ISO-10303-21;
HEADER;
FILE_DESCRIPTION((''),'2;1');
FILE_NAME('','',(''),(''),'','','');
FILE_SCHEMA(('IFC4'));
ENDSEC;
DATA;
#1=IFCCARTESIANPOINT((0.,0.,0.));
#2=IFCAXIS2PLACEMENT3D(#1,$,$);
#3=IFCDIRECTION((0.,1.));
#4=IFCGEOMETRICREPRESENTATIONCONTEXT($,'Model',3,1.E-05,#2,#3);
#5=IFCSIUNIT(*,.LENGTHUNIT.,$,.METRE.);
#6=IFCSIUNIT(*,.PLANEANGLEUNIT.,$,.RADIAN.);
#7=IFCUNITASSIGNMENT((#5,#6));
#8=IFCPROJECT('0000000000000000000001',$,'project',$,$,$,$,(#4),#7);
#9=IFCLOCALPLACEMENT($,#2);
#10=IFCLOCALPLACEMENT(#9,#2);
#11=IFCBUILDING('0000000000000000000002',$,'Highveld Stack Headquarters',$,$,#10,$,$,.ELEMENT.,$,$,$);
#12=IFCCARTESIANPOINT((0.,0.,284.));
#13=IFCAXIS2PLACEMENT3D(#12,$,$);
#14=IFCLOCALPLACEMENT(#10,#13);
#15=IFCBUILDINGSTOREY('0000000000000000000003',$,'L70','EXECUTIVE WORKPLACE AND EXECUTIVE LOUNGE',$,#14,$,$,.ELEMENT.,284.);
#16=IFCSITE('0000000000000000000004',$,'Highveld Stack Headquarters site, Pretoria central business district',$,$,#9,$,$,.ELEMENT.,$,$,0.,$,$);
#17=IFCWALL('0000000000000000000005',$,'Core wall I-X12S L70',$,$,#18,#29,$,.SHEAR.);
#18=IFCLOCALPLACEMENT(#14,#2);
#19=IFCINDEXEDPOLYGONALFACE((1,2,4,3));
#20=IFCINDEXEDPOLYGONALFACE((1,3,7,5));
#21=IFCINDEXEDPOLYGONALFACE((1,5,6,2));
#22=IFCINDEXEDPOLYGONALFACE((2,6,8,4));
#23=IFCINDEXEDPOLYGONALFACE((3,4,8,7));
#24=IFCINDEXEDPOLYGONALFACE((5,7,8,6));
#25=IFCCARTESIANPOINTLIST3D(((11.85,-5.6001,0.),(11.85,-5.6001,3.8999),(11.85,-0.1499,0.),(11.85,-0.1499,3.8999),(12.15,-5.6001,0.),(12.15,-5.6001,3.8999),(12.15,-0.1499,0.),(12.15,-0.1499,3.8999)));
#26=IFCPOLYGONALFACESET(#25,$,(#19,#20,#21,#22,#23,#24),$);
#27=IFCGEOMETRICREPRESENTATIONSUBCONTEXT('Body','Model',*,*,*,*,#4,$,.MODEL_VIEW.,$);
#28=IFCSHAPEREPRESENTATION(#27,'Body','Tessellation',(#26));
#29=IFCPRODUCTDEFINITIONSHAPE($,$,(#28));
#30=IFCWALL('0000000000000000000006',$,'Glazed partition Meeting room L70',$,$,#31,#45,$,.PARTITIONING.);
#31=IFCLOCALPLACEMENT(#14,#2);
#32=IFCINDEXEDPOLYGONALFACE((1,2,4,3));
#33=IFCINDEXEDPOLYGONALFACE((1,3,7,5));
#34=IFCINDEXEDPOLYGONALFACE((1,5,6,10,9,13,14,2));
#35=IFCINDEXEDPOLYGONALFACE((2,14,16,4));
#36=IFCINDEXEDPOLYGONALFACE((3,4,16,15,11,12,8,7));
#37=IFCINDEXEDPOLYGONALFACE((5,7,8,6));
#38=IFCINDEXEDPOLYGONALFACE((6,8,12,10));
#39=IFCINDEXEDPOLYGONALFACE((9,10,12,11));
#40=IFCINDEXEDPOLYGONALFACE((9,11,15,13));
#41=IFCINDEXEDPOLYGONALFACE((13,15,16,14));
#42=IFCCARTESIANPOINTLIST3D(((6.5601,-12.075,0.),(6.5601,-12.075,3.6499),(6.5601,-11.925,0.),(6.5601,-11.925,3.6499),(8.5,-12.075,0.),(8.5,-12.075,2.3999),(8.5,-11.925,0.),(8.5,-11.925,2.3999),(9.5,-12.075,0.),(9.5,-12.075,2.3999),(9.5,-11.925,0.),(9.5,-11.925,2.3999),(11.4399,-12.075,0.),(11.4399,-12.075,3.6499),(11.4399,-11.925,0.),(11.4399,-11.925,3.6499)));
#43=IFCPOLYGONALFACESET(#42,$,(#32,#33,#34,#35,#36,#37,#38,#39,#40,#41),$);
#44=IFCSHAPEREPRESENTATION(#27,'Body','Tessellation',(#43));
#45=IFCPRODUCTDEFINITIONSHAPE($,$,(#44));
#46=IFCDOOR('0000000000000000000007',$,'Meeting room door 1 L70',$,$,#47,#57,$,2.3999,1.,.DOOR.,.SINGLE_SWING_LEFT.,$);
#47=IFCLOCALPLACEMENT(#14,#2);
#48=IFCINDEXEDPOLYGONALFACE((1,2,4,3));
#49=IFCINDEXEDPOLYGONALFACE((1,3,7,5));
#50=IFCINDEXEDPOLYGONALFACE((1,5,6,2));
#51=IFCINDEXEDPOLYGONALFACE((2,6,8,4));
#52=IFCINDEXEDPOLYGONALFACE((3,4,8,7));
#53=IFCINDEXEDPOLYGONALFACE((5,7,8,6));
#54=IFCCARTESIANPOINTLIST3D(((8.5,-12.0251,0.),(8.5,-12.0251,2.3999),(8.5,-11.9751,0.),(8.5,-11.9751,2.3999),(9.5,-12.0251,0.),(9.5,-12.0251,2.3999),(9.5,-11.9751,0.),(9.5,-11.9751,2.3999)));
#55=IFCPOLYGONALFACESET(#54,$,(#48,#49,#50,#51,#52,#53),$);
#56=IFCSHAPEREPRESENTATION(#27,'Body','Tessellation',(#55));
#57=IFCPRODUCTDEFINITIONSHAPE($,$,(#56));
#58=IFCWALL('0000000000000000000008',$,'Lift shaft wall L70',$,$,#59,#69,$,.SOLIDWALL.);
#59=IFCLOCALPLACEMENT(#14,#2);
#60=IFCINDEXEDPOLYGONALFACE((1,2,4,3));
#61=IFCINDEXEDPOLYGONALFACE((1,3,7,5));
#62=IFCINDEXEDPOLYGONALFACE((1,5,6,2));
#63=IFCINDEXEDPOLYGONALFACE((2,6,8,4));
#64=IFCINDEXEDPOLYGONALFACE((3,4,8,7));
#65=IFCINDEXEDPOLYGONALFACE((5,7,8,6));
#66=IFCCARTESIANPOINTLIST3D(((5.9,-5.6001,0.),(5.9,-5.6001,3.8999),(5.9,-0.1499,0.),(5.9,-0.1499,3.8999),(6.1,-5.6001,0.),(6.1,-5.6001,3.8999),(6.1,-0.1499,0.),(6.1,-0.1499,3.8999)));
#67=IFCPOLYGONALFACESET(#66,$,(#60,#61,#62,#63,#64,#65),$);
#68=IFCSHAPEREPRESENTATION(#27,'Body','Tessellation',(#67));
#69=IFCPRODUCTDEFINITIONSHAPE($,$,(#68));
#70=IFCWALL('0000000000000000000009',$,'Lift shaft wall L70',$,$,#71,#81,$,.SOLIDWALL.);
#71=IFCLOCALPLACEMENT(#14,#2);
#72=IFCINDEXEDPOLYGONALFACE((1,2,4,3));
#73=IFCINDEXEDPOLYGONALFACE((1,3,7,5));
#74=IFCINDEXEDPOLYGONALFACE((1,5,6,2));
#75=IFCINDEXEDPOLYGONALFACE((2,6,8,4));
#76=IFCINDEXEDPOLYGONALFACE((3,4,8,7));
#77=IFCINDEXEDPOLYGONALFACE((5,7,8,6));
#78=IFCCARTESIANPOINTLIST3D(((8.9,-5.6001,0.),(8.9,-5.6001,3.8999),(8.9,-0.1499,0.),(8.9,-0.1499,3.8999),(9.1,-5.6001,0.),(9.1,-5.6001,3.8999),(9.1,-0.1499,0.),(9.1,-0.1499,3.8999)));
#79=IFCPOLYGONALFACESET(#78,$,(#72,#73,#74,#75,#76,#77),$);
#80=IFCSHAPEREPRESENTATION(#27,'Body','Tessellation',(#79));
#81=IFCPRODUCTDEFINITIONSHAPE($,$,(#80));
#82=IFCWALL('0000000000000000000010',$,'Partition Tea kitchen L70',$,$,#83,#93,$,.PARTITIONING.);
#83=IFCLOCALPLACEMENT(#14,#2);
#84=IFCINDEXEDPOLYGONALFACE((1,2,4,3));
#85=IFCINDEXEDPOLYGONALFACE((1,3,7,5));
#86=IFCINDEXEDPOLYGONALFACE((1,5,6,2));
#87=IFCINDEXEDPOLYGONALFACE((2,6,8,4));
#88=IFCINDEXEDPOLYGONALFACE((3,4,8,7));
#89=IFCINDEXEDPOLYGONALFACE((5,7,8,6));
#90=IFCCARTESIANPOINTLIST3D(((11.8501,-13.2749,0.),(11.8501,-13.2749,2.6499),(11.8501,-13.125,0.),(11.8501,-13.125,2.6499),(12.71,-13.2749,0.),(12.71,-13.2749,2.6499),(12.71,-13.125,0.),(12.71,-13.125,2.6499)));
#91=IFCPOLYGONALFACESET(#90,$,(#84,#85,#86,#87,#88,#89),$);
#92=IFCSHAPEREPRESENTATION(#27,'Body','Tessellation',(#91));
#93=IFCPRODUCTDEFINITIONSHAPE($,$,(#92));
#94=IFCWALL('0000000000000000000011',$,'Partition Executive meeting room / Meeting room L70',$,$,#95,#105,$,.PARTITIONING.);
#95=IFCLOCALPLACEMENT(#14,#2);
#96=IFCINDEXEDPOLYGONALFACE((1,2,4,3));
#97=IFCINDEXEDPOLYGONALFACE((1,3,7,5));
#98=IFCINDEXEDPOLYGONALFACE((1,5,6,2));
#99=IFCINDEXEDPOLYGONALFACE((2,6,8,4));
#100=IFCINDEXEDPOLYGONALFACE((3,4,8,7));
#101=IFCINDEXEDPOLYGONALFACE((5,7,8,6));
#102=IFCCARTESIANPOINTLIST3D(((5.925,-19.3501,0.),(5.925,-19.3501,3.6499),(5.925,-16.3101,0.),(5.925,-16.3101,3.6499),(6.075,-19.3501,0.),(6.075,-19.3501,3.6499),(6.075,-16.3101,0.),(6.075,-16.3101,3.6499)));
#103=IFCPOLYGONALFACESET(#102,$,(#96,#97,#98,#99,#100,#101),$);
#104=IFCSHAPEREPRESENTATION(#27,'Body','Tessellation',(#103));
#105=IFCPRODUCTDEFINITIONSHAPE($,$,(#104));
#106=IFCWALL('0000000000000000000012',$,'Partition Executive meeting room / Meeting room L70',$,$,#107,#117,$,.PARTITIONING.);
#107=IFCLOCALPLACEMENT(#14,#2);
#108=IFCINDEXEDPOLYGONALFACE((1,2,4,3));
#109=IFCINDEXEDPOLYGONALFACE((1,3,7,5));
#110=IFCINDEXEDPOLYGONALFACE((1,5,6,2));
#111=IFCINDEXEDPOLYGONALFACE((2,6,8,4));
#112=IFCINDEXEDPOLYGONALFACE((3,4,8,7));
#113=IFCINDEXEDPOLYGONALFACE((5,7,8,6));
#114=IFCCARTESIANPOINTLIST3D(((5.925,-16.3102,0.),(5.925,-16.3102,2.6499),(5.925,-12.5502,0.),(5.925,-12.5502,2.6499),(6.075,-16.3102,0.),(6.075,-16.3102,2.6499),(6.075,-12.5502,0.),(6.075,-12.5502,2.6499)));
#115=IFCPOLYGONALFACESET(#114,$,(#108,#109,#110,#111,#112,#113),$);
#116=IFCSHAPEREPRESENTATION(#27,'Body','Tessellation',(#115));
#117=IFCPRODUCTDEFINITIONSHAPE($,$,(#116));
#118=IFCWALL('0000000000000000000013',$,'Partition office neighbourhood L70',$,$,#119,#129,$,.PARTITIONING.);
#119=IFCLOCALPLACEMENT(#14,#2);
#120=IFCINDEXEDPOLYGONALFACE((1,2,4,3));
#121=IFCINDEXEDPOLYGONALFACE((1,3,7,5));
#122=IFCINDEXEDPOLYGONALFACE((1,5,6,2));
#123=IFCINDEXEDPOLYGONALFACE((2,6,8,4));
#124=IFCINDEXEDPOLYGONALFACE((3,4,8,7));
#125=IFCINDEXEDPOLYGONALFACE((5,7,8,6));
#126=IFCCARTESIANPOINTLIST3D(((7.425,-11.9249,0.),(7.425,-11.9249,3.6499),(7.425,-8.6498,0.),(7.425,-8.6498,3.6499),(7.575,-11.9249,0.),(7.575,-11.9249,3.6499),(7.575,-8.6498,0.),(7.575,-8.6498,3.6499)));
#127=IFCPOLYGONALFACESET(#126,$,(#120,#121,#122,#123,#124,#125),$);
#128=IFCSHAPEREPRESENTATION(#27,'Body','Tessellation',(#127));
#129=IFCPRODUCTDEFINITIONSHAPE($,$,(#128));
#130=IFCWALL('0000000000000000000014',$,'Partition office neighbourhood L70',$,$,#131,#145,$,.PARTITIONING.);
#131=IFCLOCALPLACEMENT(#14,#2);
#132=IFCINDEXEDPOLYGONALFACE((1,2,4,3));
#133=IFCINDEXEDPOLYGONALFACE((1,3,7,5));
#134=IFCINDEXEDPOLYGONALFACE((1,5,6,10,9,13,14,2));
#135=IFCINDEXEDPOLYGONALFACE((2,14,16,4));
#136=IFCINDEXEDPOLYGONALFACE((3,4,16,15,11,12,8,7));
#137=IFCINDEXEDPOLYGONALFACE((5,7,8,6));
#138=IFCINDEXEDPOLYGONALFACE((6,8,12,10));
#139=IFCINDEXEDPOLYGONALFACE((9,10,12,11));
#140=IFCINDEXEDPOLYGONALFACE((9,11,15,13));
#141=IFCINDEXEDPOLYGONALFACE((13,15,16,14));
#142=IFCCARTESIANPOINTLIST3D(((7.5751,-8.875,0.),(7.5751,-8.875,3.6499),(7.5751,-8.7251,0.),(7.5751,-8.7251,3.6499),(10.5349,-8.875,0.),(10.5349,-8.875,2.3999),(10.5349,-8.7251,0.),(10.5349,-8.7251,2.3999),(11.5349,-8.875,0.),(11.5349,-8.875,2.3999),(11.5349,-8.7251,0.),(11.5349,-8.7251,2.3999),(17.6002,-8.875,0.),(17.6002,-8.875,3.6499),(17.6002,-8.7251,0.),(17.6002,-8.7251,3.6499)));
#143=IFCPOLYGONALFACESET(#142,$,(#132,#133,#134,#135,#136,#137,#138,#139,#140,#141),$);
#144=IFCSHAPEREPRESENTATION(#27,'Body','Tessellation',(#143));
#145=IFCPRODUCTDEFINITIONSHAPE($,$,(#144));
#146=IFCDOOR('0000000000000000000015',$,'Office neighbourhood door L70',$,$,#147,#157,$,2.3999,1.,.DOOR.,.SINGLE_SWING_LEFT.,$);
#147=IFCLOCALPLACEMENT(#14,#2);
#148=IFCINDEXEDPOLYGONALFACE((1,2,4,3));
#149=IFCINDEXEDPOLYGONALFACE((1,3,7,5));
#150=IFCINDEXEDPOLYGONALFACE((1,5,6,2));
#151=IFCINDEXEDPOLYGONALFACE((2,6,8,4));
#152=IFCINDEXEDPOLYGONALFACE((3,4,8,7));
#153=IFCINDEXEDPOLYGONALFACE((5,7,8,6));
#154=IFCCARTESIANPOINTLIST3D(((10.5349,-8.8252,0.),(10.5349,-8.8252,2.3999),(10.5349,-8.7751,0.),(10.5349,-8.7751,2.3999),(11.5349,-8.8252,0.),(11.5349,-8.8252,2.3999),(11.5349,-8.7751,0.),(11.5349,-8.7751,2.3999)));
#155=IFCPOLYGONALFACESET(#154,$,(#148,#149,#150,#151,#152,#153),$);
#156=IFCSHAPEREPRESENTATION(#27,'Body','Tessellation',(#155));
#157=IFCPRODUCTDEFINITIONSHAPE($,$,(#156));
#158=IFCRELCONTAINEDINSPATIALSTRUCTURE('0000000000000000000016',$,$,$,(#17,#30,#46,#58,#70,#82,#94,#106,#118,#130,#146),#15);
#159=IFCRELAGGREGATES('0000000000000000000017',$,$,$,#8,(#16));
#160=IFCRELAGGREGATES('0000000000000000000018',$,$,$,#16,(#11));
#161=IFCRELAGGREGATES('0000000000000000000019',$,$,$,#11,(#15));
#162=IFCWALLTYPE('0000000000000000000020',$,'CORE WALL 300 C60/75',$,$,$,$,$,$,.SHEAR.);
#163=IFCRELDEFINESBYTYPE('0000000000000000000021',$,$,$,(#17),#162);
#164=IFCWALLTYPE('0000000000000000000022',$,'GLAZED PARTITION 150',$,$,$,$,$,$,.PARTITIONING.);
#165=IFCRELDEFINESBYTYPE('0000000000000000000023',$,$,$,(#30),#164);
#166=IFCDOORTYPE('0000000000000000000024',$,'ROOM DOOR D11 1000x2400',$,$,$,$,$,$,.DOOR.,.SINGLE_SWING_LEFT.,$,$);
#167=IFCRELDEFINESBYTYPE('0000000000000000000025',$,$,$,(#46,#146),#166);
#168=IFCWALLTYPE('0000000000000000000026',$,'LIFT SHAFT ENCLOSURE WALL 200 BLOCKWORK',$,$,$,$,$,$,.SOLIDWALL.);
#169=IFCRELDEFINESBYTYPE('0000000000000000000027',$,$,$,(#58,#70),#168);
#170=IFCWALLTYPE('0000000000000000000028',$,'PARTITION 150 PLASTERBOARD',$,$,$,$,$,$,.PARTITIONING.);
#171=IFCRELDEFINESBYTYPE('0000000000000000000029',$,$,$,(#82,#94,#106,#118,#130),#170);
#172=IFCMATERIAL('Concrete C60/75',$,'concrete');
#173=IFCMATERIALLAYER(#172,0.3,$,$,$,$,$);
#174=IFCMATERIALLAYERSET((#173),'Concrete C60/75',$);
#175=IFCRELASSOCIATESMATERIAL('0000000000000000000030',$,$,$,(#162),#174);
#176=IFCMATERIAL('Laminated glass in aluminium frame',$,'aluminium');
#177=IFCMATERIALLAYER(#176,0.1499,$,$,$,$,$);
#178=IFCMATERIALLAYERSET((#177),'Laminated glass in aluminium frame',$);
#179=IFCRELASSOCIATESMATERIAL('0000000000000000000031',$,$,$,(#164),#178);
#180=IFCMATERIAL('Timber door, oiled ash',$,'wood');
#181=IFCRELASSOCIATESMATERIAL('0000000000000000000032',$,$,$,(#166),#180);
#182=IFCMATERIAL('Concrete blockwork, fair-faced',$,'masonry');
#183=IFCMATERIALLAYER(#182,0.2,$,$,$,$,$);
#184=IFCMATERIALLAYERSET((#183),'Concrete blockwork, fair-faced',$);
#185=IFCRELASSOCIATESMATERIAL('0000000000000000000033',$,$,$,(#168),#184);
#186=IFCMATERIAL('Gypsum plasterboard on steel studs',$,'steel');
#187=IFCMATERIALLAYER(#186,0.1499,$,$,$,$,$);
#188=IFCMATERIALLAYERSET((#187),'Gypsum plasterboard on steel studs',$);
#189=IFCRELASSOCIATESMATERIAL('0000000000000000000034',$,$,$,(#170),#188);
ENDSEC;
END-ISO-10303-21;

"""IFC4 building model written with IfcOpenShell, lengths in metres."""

from ifc_helpers import new_model, si_unit, direction, frame, frame_2d, origin, place, context, subcontext, project, spatial, rectangle, extrude, material, layer, layer_set, type_object, element, fill, save


model = new_model("IFC4")

# Units and contexts
model_context = context("Model", 3, precision=1e-05, world=origin(), true_north=direction((0.0, 1.0)))
body_context = subcontext(model_context, "Body", "Model", "MODEL_VIEW")
ifc_project = project(units=[si_unit("LENGTHUNIT", "METRE"), si_unit("PLANEANGLEUNIT", "RADIAN")], contexts=[model_context])

# Site, building, storey
site_placement = place(None, origin())
site = spatial("IfcSite", under=ifc_project, at=site_placement, Name="Highveld Stack Headquarters site, Pretoria central business district", CompositionType="ELEMENT", RefElevation=0.0)
building_placement = place(site_placement, origin())
building = spatial("IfcBuilding", under=site, at=building_placement, Name="Highveld Stack Headquarters", CompositionType="ELEMENT")
storey_placement = place(building_placement, frame((0.0, 0.0, 284.0)))
storey = spatial("IfcBuildingStorey", under=building, at=storey_placement, Name="L70", Description="EXECUTIVE WORKPLACE AND EXECUTIVE LOUNGE", CompositionType="ELEMENT", Elevation=284.0)

# Wall
ifc_material_1 = material(Name="Concrete C60/75", Category="concrete")
ifc_layer_1 = layer(ifc_material_1, 0.3)
ifc_layer_set_1 = layer_set([ifc_layer_1], Name="Concrete C60/75")
wall_type_1 = type_object("IfcWallType", Name="CORE WALL 300 C60/75", PredefinedType="SHEAR", material=ifc_layer_set_1)
wall_1_placement = place(storey_placement, frame((12.0, -5.6001, 0.0), z_axis=(0.0, 0.0, 1.0), x_axis=(0.0, 1.0, 0.0)))
element("IfcWall", 1, at=wall_1_placement, inside=storey, type_object=wall_type_1, Name="Core wall I-X12S L70", PredefinedType="SHEAR", context=body_context, shape_type="SweptSolid", body=[
    extrude(rectangle(XDim=5.4502, YDim=0.3, at=frame_2d((2.7251, 0.0))), origin(), (0.0, 0.0, 1.0), 3.8999),
])

# Wall, opening, door
ifc_material_2 = material(Name="Laminated glass in aluminium frame", Category="aluminium")
ifc_layer_2 = layer(ifc_material_2, 0.1499)
ifc_layer_set_2 = layer_set([ifc_layer_2], Name="Laminated glass in aluminium frame")
wall_type_2 = type_object("IfcWallType", Name="GLAZED PARTITION 150", PredefinedType="PARTITIONING", material=ifc_layer_set_2)
wall_2_placement = place(storey_placement, frame((6.5601, -12.0, 0.0), z_axis=(0.0, 0.0, 1.0), x_axis=(1.0, 0.0, 0.0)))
wall_2 = element("IfcWall", 2, at=wall_2_placement, inside=storey, type_object=wall_type_2, Name="Glazed partition Meeting room L70", PredefinedType="PARTITIONING", context=body_context, shape_type="SweptSolid", body=[
    extrude(rectangle(XDim=4.8799, YDim=0.1499, at=frame_2d((2.4399, 0.0))), origin(), (0.0, 0.0, 1.0), 3.6499),
])
opening_1_placement = place(wall_2_placement, frame((1.9399, 0.0, 0.0)))
opening_1 = element("IfcOpeningElement", 3, at=opening_1_placement, cuts=wall_2, PredefinedType="OPENING", context=body_context, shape_type="SweptSolid", body=[
    extrude(rectangle(XDim=1.0, YDim=2.3999, at=frame_2d((0.5, 1.2))), frame((0.0, 0.085, 0.0), z_axis=(0.0, -1.0, 0.0), x_axis=(1.0, 0.0, 0.0)), (0.0, 0.0, 1.0), 0.1699),
])
ifc_material_3 = material(Name="Timber door, oiled ash", Category="wood")
door_type = type_object("IfcDoorType", Name="ROOM DOOR D11 1000x2400", OperationType="SINGLE_SWING_LEFT", PredefinedType="DOOR", material=ifc_material_3)
door_1_placement = place(opening_1_placement, origin())
door_1 = element("IfcDoor", 4, at=door_1_placement, inside=storey, type_object=door_type, Name="Meeting room door 1 L70", OperationType="SINGLE_SWING_LEFT", OverallHeight=2.3999, OverallWidth=1.0, PredefinedType="DOOR", context=body_context, shape_type="SweptSolid", body=[
    extrude(rectangle(XDim=1.0, YDim=2.3999, at=frame_2d((0.5, 1.2))), frame((0.0, 0.0249, 0.0), z_axis=(0.0, -1.0, 0.0), x_axis=(1.0, 0.0, 0.0)), (0.0, 0.0, 1.0), 0.05),
])
fill(opening_1, door_1)

# Walls
ifc_material_4 = material(Name="Concrete blockwork, fair-faced", Category="masonry")
ifc_layer_3 = layer(ifc_material_4, 0.2)
ifc_layer_set_3 = layer_set([ifc_layer_3], Name="Concrete blockwork, fair-faced")
wall_type_3 = type_object("IfcWallType", Name="LIFT SHAFT ENCLOSURE WALL 200 BLOCKWORK", PredefinedType="SOLIDWALL", material=ifc_layer_set_3)
for number, where, z_axis, x_axis, name in (
    (5, (6.0, -5.6001, 0.0), (0.0, 0.0, 1.0), (0.0, 1.0, 0.0), "Lift shaft wall L70"),
    (6, (9.0, -5.6001, 0.0), (0.0, 0.0, 1.0), (0.0, 1.0, 0.0), "Lift shaft wall L70"),
):
    element("IfcWall", number, at=place(storey_placement, frame(where, z_axis=z_axis, x_axis=x_axis)), inside=storey, type_object=wall_type_3, Name=name, PredefinedType="SOLIDWALL", context=body_context, shape_type="SweptSolid", body=[
        extrude(rectangle(XDim=5.4502, YDim=0.2, at=frame_2d((2.7251, 0.0))), origin(), (0.0, 0.0, 1.0), 3.8999),
    ])
ifc_material_5 = material(Name="Gypsum plasterboard on steel studs", Category="steel")
ifc_layer_4 = layer(ifc_material_5, 0.1499)
ifc_layer_set_4 = layer_set([ifc_layer_4], Name="Gypsum plasterboard on steel studs")
wall_type_4 = type_object("IfcWallType", Name="PARTITION 150 PLASTERBOARD", PredefinedType="PARTITIONING", material=ifc_layer_set_4)
wall_3_placement = place(storey_placement, frame((11.8501, -13.2, 0.0), z_axis=(0.0, 0.0, 1.0), x_axis=(1.0, 0.0, 0.0)))
element("IfcWall", 7, at=wall_3_placement, inside=storey, type_object=wall_type_4, Name="Partition Tea kitchen L70", PredefinedType="PARTITIONING", context=body_context, shape_type="SweptSolid", body=[
    extrude(rectangle(XDim=0.8599, YDim=0.1499, at=frame_2d((0.4299, 0.0))), origin(), (0.0, 0.0, 1.0), 2.6499),
])
wall_4_placement = place(storey_placement, frame((6.0, -19.3501, 0.0), z_axis=(0.0, 0.0, 1.0), x_axis=(0.0, 1.0, 0.0)))
element("IfcWall", 8, at=wall_4_placement, inside=storey, type_object=wall_type_4, Name="Partition Executive meeting room / Meeting room L70", PredefinedType="PARTITIONING", context=body_context, shape_type="SweptSolid", body=[
    extrude(rectangle(XDim=3.04, YDim=0.1499, at=frame_2d((1.52, 0.0))), origin(), (0.0, 0.0, 1.0), 3.6499),
])
wall_5_placement = place(storey_placement, frame((6.0, -16.3101, 0.0), z_axis=(0.0, 0.0, 1.0), x_axis=(0.0, 1.0, 0.0)))
element("IfcWall", 9, at=wall_5_placement, inside=storey, type_object=wall_type_4, Name="Partition Executive meeting room / Meeting room L70", PredefinedType="PARTITIONING", context=body_context, shape_type="SweptSolid", body=[
    extrude(rectangle(XDim=3.76, YDim=0.1499, at=frame_2d((1.8799, 0.0))), origin(), (0.0, 0.0, 1.0), 2.6499),
])
wall_6_placement = place(storey_placement, frame((7.5, -11.925, 0.0), z_axis=(0.0, 0.0, 1.0), x_axis=(0.0, 1.0, 0.0)))
element("IfcWall", 10, at=wall_6_placement, inside=storey, type_object=wall_type_4, Name="Partition office neighbourhood L70", PredefinedType="PARTITIONING", context=body_context, shape_type="SweptSolid", body=[
    extrude(rectangle(XDim=3.2751, YDim=0.1499, at=frame_2d((1.6377, 0.0))), origin(), (0.0, 0.0, 1.0), 3.6499),
])

# Wall, opening, door
wall_7_placement = place(storey_placement, frame((7.575, -8.8, 0.0), z_axis=(0.0, 0.0, 1.0), x_axis=(1.0, 0.0, 0.0)))
wall_7 = element("IfcWall", 11, at=wall_7_placement, inside=storey, type_object=wall_type_4, Name="Partition office neighbourhood L70", PredefinedType="PARTITIONING", context=body_context, shape_type="SweptSolid", body=[
    extrude(rectangle(XDim=10.0251, YDim=0.1499, at=frame_2d((5.0127, 0.0))), origin(), (0.0, 0.0, 1.0), 3.6499),
])
opening_2_placement = place(wall_7_placement, frame((2.96, 0.0, 0.0)))
opening_2 = element("IfcOpeningElement", 12, at=opening_2_placement, cuts=wall_7, PredefinedType="OPENING", context=body_context, shape_type="SweptSolid", body=[
    extrude(rectangle(XDim=1.0, YDim=2.3999, at=frame_2d((0.5, 1.2))), frame((0.0, 0.085, 0.0), z_axis=(0.0, -1.0, 0.0), x_axis=(1.0, 0.0, 0.0)), (0.0, 0.0, 1.0), 0.1699),
])
door_2_placement = place(opening_2_placement, origin())
door_2 = element("IfcDoor", 13, at=door_2_placement, inside=storey, type_object=door_type, Name="Office neighbourhood door L70", OperationType="SINGLE_SWING_LEFT", OverallHeight=2.3999, OverallWidth=1.0, PredefinedType="DOOR", context=body_context, shape_type="SweptSolid", body=[
    extrude(rectangle(XDim=1.0, YDim=2.3999, at=frame_2d((0.5, 1.2))), frame((0.0, 0.0249, 0.0), z_axis=(0.0, -1.0, 0.0), x_axis=(1.0, 0.0, 0.0)), (0.0, 0.0, 1.0), 0.05),
])
fill(opening_2, door_2)

save(model, "model.ifc")
